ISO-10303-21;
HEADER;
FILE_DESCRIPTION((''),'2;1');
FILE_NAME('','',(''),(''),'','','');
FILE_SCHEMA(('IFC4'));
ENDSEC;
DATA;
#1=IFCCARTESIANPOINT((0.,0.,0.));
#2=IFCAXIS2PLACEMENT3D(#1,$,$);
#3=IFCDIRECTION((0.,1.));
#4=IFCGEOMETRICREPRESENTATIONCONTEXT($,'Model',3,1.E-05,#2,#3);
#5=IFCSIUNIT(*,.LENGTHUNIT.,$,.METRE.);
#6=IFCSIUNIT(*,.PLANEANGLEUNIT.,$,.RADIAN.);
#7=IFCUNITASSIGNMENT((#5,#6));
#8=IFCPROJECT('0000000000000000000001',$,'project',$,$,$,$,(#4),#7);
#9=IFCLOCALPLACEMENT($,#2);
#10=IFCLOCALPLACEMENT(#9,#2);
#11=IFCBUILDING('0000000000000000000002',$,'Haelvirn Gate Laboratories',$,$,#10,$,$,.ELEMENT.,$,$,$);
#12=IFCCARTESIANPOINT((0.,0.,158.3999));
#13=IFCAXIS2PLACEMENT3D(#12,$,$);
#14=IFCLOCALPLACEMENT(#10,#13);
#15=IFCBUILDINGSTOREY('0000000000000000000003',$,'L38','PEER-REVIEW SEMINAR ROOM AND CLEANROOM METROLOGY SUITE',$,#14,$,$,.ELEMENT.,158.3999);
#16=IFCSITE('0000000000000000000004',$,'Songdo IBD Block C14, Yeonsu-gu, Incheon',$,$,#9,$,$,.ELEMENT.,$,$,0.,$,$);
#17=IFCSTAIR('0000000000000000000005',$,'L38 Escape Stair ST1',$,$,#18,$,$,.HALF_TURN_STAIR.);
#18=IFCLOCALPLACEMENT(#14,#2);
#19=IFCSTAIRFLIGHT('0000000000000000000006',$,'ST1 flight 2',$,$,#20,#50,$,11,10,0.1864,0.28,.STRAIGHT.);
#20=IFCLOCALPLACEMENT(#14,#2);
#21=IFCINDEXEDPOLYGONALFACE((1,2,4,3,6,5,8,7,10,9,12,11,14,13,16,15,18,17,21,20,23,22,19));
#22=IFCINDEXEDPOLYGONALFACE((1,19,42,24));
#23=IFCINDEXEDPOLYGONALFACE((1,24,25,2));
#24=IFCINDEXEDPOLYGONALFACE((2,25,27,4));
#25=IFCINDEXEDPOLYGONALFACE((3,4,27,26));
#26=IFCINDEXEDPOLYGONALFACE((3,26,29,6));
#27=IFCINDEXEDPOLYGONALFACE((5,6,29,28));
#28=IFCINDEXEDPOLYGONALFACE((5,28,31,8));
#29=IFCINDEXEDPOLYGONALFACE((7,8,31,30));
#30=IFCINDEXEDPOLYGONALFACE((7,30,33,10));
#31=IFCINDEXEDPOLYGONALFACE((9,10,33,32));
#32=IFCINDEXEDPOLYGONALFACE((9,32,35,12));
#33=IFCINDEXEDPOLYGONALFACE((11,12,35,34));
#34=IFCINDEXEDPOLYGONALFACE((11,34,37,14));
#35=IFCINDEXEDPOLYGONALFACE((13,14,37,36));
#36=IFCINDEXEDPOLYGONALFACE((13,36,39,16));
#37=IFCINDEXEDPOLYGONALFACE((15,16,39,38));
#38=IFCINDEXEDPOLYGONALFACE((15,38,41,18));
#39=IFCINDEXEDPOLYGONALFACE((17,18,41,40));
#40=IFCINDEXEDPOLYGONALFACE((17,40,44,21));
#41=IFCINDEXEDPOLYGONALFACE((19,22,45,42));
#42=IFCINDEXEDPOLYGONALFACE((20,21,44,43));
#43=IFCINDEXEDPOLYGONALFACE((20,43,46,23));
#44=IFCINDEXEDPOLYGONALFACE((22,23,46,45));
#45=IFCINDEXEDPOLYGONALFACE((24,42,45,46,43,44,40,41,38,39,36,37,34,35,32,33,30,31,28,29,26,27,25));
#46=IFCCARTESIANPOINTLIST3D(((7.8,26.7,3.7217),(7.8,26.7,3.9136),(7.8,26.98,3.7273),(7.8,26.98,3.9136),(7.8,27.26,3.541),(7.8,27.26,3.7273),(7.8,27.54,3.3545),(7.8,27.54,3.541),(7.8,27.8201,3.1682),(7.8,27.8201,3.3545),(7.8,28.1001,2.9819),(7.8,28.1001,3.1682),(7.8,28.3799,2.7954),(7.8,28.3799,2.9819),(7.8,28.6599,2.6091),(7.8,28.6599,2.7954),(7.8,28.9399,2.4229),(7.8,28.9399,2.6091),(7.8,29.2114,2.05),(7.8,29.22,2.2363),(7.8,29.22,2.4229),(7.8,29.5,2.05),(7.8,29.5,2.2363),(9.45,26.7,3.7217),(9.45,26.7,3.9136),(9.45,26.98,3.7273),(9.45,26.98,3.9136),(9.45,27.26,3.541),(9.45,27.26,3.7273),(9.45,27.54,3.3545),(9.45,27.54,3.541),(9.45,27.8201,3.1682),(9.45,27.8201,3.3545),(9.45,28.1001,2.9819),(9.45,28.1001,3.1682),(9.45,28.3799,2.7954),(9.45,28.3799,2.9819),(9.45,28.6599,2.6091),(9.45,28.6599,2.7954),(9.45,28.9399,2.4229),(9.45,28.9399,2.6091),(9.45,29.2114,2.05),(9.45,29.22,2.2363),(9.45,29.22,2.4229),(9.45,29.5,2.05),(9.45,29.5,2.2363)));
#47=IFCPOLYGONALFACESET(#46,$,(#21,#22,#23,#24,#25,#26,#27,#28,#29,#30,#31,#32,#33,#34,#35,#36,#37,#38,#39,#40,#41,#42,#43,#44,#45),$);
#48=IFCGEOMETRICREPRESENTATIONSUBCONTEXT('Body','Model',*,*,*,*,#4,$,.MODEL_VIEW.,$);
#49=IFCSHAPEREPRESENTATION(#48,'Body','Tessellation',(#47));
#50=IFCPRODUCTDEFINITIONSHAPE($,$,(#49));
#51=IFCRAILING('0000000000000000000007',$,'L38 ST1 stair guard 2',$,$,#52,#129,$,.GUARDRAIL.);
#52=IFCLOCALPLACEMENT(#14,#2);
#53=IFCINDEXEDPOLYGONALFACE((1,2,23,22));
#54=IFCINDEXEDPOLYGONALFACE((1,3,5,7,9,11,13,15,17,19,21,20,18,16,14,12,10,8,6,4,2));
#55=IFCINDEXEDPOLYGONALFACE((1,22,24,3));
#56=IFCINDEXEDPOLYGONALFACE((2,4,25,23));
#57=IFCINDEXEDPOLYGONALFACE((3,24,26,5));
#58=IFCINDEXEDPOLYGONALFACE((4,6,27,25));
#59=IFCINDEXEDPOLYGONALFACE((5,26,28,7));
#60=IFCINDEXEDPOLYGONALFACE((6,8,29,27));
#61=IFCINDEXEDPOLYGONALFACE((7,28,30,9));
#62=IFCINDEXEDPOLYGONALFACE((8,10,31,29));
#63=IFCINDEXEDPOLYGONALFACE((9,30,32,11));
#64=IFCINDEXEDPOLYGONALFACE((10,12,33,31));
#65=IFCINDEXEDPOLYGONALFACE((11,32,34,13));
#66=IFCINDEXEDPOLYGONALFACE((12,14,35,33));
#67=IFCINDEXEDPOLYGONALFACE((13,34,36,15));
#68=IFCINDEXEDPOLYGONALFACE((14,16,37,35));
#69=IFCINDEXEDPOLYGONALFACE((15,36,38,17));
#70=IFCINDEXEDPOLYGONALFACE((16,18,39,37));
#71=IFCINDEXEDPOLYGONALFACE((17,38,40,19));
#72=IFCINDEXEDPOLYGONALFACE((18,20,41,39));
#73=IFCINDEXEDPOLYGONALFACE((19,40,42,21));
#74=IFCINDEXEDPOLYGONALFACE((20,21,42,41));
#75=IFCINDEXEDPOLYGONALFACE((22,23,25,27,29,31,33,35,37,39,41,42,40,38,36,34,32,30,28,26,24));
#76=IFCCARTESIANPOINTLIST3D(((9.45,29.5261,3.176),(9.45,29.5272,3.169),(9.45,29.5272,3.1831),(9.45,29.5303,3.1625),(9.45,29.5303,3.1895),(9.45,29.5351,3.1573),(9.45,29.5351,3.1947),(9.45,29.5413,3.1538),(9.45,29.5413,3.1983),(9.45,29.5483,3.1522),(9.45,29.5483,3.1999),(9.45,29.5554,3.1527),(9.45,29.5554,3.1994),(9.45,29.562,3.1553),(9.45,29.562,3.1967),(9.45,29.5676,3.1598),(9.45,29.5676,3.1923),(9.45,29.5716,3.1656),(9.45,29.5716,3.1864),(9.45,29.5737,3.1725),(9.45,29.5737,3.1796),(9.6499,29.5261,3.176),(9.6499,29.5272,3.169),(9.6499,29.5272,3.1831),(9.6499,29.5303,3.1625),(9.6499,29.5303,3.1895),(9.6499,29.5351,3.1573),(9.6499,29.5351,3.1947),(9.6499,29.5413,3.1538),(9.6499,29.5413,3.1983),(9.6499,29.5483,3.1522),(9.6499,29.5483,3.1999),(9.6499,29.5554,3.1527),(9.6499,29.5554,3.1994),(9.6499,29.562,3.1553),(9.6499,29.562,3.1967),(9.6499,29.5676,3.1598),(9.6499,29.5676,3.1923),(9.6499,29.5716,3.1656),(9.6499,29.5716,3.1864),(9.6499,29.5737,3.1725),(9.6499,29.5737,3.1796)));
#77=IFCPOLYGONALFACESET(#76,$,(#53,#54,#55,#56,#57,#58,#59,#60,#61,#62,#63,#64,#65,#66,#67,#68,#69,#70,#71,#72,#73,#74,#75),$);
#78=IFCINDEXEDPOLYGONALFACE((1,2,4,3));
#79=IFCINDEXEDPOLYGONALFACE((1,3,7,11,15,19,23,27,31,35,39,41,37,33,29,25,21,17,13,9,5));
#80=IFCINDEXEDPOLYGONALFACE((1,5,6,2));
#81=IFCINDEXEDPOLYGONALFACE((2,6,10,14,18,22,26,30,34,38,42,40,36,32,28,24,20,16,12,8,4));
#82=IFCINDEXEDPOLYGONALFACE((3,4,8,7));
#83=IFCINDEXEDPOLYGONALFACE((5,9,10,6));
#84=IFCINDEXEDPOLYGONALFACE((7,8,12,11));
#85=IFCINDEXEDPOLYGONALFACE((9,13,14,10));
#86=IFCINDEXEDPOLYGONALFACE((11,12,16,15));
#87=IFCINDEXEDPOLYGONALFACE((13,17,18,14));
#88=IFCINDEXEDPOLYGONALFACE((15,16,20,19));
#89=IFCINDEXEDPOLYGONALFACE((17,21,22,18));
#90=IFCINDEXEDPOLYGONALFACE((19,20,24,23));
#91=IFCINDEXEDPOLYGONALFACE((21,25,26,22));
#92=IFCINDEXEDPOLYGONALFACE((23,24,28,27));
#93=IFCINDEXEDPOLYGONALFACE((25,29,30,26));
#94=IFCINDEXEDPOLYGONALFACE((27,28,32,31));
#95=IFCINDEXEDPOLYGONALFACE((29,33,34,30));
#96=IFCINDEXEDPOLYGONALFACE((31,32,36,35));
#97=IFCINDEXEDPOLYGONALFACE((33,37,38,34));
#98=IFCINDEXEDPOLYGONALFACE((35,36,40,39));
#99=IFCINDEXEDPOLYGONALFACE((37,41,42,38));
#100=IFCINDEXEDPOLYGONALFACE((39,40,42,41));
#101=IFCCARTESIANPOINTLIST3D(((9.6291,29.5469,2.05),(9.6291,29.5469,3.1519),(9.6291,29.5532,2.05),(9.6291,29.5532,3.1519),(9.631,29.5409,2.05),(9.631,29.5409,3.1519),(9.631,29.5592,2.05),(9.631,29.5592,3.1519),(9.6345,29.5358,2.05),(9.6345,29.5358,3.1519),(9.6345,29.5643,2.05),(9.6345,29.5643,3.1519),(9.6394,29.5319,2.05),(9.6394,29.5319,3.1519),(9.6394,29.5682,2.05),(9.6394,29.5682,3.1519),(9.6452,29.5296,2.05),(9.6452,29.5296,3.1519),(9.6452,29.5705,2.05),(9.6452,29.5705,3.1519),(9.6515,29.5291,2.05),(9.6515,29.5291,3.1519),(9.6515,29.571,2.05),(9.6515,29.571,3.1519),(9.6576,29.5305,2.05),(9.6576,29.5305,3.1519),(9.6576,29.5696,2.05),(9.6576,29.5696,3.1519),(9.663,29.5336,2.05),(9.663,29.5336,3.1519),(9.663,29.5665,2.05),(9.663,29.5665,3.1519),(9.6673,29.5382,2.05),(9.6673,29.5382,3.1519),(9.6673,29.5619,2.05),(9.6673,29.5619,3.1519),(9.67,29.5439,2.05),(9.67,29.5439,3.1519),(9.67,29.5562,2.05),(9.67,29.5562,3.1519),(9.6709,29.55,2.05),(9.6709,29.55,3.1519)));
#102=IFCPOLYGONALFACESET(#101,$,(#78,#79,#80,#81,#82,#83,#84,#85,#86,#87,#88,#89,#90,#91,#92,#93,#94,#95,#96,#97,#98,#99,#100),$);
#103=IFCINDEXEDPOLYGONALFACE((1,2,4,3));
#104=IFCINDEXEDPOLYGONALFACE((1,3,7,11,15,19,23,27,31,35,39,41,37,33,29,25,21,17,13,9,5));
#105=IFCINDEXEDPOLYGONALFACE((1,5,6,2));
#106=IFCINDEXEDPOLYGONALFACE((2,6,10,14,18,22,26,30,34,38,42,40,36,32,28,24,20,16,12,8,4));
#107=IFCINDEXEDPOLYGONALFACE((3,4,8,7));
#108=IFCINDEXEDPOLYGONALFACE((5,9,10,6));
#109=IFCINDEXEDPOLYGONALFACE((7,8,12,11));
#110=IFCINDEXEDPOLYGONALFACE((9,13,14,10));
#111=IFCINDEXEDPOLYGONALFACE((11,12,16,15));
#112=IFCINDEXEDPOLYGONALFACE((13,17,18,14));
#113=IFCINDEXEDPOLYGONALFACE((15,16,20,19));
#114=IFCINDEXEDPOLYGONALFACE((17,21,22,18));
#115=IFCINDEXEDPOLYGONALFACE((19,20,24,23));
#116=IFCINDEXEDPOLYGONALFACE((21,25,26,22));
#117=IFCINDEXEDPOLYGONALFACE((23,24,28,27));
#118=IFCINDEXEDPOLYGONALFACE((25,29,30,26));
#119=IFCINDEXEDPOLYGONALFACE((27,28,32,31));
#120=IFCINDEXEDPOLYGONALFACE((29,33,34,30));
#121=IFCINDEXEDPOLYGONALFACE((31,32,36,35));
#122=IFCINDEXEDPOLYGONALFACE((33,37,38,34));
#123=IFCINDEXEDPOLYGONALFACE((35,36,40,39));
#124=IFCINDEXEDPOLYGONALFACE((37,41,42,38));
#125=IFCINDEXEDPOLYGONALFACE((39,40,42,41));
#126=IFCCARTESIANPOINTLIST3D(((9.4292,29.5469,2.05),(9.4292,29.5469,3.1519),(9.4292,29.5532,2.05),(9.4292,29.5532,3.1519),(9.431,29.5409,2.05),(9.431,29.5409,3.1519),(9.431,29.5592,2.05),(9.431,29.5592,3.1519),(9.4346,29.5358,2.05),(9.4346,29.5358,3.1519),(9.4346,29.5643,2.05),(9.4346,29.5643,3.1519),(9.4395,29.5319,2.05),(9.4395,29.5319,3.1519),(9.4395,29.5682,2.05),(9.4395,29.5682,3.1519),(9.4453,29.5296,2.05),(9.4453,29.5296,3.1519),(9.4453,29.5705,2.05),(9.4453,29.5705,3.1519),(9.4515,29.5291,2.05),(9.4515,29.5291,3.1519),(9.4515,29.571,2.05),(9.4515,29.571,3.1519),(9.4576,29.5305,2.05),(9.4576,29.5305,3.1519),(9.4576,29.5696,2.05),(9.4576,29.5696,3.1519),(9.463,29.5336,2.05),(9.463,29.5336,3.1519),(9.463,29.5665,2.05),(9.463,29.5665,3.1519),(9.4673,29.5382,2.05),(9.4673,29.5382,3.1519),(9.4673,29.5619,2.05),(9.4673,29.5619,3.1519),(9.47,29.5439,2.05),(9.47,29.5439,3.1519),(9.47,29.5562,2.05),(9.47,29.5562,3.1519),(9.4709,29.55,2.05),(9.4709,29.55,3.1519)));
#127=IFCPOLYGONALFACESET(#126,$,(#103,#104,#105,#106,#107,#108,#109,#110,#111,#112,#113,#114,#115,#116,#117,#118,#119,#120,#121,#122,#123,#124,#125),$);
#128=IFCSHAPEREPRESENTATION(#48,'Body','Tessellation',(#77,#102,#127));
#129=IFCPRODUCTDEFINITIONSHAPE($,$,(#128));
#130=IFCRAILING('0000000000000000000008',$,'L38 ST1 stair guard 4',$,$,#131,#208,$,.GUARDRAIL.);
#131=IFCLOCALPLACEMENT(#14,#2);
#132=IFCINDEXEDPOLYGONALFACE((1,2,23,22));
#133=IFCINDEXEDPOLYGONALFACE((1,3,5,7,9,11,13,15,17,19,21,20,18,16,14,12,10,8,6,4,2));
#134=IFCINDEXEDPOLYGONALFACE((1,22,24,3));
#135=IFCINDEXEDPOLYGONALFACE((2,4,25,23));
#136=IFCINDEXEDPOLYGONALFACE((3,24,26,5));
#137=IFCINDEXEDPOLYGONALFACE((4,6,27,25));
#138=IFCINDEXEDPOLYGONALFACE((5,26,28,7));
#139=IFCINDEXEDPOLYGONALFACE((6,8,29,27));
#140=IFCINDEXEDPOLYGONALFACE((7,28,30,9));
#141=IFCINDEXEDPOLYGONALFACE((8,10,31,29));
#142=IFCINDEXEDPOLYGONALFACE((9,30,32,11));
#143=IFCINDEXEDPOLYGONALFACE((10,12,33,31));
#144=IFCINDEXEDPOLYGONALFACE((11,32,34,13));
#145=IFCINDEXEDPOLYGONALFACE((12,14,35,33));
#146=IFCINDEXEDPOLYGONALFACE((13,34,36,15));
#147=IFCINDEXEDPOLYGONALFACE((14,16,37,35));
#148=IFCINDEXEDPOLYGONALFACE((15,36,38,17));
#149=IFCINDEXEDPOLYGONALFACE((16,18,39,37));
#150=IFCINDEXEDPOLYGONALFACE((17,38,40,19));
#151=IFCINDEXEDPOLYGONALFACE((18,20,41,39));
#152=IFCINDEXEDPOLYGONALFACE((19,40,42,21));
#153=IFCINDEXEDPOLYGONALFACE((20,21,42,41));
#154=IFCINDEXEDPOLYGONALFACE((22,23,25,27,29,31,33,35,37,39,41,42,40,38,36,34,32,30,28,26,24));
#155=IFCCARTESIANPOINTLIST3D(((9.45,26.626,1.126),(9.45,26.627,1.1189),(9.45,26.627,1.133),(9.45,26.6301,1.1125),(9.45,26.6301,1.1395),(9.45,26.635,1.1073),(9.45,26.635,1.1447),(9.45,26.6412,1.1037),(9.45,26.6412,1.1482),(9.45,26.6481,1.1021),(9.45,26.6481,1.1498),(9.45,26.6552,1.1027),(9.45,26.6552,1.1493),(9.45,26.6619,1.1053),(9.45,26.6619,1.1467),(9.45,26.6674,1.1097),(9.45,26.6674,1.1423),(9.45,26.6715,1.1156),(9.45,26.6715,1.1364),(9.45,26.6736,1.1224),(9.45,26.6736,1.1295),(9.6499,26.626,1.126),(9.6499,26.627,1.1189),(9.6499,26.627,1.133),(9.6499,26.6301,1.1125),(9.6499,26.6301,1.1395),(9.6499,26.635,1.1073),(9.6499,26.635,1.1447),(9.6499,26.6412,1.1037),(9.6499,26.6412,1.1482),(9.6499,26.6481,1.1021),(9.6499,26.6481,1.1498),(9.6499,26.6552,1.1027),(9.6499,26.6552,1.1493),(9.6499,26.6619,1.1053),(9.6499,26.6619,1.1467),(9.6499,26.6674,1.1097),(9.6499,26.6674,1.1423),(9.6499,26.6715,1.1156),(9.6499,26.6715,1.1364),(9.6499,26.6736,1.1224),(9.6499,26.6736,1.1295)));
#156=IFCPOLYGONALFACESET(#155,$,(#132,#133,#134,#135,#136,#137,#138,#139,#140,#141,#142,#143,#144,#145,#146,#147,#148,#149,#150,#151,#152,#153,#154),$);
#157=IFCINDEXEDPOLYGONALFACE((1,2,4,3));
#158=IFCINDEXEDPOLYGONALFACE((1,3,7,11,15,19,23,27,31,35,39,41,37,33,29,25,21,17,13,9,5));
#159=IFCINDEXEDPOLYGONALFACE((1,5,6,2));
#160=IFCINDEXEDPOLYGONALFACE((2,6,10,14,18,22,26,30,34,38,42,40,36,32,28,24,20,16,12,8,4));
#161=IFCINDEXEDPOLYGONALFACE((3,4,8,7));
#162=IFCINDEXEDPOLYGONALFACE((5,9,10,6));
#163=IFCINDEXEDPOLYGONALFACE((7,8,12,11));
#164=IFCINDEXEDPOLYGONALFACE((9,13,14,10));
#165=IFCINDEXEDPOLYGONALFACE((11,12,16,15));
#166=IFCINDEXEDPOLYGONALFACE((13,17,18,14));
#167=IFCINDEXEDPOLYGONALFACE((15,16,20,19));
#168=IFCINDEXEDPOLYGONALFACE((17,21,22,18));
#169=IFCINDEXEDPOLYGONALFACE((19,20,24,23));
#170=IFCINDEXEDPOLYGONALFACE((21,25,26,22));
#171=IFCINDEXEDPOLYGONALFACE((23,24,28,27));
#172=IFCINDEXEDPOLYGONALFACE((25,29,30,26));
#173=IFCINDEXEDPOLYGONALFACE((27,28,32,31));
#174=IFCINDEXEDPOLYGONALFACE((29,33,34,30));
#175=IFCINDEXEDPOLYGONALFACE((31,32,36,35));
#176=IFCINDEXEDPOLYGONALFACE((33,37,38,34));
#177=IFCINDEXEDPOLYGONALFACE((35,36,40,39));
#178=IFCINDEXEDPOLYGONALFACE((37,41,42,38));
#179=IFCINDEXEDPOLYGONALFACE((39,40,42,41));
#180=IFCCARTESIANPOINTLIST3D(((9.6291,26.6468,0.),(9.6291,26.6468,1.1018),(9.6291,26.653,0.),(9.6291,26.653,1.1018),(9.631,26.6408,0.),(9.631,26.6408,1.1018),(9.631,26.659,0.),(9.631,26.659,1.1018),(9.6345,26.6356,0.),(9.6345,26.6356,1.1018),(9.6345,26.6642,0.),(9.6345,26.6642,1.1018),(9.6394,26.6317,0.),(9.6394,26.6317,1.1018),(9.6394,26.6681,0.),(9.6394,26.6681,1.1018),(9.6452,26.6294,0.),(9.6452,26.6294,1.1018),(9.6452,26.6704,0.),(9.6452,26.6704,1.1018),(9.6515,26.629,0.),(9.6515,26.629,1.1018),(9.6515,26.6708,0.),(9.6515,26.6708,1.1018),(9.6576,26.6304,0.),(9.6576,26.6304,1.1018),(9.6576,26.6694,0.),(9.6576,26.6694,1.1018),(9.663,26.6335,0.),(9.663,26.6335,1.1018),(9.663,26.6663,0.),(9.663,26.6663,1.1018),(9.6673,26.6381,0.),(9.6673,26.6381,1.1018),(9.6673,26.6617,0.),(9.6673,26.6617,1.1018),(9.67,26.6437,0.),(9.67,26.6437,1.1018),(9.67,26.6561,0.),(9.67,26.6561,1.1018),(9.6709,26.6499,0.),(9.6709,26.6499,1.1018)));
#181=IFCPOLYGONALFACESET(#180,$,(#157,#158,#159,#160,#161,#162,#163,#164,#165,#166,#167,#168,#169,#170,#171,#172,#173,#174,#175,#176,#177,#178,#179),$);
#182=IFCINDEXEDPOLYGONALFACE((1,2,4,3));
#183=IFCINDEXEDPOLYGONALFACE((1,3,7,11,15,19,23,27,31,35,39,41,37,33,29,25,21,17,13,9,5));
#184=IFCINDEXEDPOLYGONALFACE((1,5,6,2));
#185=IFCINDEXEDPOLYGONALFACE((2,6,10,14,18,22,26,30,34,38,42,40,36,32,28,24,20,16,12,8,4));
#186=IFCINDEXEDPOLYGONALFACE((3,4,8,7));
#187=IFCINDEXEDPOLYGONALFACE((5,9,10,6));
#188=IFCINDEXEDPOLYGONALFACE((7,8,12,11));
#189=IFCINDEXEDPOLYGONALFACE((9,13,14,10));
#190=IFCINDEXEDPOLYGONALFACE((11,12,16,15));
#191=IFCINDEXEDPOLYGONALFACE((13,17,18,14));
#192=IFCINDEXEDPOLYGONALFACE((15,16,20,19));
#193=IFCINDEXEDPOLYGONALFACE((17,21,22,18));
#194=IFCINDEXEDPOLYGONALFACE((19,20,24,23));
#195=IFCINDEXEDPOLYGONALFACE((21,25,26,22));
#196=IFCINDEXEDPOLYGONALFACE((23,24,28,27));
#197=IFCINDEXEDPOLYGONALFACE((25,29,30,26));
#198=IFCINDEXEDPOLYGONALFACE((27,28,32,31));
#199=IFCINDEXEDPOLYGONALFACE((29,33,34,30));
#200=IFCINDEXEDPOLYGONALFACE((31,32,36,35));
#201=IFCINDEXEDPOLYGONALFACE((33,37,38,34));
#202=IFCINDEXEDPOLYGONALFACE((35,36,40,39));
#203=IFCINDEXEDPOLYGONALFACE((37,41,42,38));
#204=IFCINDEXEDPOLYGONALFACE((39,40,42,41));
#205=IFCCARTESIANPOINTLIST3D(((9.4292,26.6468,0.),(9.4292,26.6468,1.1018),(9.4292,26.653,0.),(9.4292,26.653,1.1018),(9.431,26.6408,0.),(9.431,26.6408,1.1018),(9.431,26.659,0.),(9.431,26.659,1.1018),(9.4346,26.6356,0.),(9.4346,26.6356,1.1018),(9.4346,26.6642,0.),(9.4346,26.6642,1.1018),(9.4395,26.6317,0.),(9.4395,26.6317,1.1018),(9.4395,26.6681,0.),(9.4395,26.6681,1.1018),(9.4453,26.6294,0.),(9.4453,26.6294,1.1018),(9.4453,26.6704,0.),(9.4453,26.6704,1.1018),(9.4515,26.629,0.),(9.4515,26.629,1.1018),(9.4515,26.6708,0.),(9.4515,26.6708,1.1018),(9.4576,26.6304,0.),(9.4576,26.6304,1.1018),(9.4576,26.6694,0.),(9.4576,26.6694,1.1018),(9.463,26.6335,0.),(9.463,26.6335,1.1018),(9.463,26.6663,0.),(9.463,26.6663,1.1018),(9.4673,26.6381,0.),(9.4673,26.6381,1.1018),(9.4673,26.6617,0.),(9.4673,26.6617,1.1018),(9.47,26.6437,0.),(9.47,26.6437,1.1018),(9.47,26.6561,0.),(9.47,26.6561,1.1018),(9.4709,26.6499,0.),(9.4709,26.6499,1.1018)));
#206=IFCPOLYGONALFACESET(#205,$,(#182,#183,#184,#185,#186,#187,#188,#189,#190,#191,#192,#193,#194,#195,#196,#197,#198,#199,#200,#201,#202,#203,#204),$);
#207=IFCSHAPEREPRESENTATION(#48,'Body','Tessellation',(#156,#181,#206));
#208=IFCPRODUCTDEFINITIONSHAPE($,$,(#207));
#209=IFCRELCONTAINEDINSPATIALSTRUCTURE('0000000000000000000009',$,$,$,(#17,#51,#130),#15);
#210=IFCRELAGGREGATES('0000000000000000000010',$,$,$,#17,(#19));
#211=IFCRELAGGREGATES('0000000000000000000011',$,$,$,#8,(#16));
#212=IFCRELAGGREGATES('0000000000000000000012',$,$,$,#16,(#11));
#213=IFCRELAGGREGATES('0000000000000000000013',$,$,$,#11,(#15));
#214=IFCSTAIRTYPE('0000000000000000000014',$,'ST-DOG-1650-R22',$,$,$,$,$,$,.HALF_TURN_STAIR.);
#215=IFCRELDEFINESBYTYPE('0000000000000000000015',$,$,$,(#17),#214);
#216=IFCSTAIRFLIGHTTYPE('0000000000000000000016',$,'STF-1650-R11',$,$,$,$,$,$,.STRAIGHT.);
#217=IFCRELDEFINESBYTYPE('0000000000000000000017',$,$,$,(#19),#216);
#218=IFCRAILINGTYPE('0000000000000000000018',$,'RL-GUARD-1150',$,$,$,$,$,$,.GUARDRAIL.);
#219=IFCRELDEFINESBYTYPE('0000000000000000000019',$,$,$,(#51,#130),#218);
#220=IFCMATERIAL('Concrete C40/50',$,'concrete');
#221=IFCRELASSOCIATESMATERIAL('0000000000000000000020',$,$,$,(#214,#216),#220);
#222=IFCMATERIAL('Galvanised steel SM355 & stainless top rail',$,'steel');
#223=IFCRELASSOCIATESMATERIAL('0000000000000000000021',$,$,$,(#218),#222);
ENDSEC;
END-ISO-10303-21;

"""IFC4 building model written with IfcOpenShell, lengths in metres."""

from ifc_helpers import new_model, si_unit, direction, frame, origin, origin_2d, place, context, subcontext, project, spatial, polyline, circle, outline, extrude, source, transform, mapped, material, type_object, type_shapes, element, aggregate, save


model = new_model("IFC4")

# Units and contexts
model_context = context("Model", 3, precision=1e-05, world=origin(), true_north=direction((0.0, 1.0)))
body_context = subcontext(model_context, "Body", "Model", "MODEL_VIEW")
ifc_project = project(units=[si_unit("LENGTHUNIT", "METRE"), si_unit("PLANEANGLEUNIT", "RADIAN")], contexts=[model_context])

# Site, building, storey
site_placement = place(None, origin())
site = spatial("IfcSite", under=ifc_project, at=site_placement, Name="Songdo IBD Block C14, Yeonsu-gu, Incheon", CompositionType="ELEMENT", RefElevation=0.0)
building_placement = place(site_placement, origin())
building = spatial("IfcBuilding", under=site, at=building_placement, Name="Haelvirn Gate Laboratories", CompositionType="ELEMENT")
storey_placement = place(building_placement, frame((0.0, 0.0, 158.3999)))
storey = spatial("IfcBuildingStorey", under=building, at=storey_placement, Name="L38", Description="PEER-REVIEW SEMINAR ROOM AND CLEANROOM METROLOGY SUITE", CompositionType="ELEMENT", Elevation=158.3999)

# Shared definitions
ifc_material_1 = material(Name="Concrete C40/50", Category="concrete")

# Stair, stair flight
stair_type = type_object("IfcStairType", Name="ST-DOG-1650-R22", PredefinedType="HALF_TURN_STAIR", material=ifc_material_1)
stair_placement = place(storey_placement, origin())
stair = element("IfcStair", 1, at=stair_placement, inside=storey, type_object=stair_type, Name="L38 Escape Stair ST1", PredefinedType="HALF_TURN_STAIR")
stair_flight_type = type_object("IfcStairFlightType", Name="STF-1650-R11", PredefinedType="STRAIGHT", material=ifc_material_1)
shared_shape_1 = source(origin(), body_context, "Body", "SweptSolid", [
    extrude(outline(polyline([(0.0, 0.0), (0.0, 0.1863), (0.28, 0.1863), (0.28, 0.3728), (0.5601, 0.3728), (0.5601, 0.5591), (0.8401, 0.5591), (0.8401, 0.7454), (1.1201, 0.7454), (1.1201, 0.9319), (1.3999, 0.9319), (1.3999, 1.1182), (1.6799, 1.1182), (1.6799, 1.3044), (1.96, 1.3044), (1.96, 1.491), (2.24, 1.491), (2.24, 1.6772), (2.52, 1.6772), (2.52, 1.8635), (2.8, 1.8635), (2.8, 2.05), (2.8, 1.6716), (0.2886, 0.0), (0.0, 0.0)])), frame((0.0, 0.825, 0.0), z_axis=(0.0, -1.0, 0.0), x_axis=(1.0, 0.0, 0.0)), (0.0, 0.0, 1.0), 1.6499),
])
type_shapes(stair_flight_type, [shared_shape_1])
stair_flight_1_placement = place(storey_placement, frame((8.625, 29.5, 2.05), z_axis=(0.0, 0.0, 1.0), x_axis=(0.0, -1.0, 0.0)))
stair_flight_1 = element("IfcStairFlight", 2, at=stair_flight_1_placement, type_object=stair_flight_type, Name="ST1 flight 2", NumberOfRisers=11, NumberOfTreads=10, PredefinedType="STRAIGHT", RiserHeight=0.1864, TreadLength=0.28, context=body_context, shape_type="MappedRepresentation", body=[
    mapped(shared_shape_1, transform((0.0, 0.0, 0.0), scale=1.0)),
])
aggregate(stair, [stair_flight_1])

# Railings
ifc_material_2 = material(Name="Galvanised steel SM355 & stainless top rail", Category="steel")
railing_type_1 = type_object("IfcRailingType", Name="RL-GUARD-1150", PredefinedType="GUARDRAIL", material=ifc_material_2)
shared_shape_2 = source(origin(), body_context, "Body", "SweptSolid", [
    extrude(circle(Radius=0.0239, at=origin_2d()), frame((0.0, 0.0, 1.126), z_axis=(-1.0, 0.0, 0.0), x_axis=(0.0, -1.0, 0.0)), (0.0, 0.0, 1.0), 0.2),
    extrude(circle(Radius=0.021, at=origin_2d()), origin(), (0.0, 0.0, 1.0), 1.1018),
    extrude(circle(Radius=0.021, at=origin_2d()), frame((-0.2, 0.0, 0.0)), (0.0, 0.0, 1.0), 1.1018),
])
for number, where, name in (
    (3, (9.6499, 29.55, 2.05), "L38 ST1 stair guard 2"),
    (4, (9.6499, 26.6499, 0.0), "L38 ST1 stair guard 4"),
):
    element("IfcRailing", number, at=place(storey_placement, frame(where)), inside=storey, type_object=railing_type_1, Name=name, PredefinedType="GUARDRAIL", context=body_context, shape_type="MappedRepresentation", body=[
        mapped(shared_shape_2, transform((0.0, 0.0, 0.0), scale=1.0)),
    ])

save(model, "model.ifc")
